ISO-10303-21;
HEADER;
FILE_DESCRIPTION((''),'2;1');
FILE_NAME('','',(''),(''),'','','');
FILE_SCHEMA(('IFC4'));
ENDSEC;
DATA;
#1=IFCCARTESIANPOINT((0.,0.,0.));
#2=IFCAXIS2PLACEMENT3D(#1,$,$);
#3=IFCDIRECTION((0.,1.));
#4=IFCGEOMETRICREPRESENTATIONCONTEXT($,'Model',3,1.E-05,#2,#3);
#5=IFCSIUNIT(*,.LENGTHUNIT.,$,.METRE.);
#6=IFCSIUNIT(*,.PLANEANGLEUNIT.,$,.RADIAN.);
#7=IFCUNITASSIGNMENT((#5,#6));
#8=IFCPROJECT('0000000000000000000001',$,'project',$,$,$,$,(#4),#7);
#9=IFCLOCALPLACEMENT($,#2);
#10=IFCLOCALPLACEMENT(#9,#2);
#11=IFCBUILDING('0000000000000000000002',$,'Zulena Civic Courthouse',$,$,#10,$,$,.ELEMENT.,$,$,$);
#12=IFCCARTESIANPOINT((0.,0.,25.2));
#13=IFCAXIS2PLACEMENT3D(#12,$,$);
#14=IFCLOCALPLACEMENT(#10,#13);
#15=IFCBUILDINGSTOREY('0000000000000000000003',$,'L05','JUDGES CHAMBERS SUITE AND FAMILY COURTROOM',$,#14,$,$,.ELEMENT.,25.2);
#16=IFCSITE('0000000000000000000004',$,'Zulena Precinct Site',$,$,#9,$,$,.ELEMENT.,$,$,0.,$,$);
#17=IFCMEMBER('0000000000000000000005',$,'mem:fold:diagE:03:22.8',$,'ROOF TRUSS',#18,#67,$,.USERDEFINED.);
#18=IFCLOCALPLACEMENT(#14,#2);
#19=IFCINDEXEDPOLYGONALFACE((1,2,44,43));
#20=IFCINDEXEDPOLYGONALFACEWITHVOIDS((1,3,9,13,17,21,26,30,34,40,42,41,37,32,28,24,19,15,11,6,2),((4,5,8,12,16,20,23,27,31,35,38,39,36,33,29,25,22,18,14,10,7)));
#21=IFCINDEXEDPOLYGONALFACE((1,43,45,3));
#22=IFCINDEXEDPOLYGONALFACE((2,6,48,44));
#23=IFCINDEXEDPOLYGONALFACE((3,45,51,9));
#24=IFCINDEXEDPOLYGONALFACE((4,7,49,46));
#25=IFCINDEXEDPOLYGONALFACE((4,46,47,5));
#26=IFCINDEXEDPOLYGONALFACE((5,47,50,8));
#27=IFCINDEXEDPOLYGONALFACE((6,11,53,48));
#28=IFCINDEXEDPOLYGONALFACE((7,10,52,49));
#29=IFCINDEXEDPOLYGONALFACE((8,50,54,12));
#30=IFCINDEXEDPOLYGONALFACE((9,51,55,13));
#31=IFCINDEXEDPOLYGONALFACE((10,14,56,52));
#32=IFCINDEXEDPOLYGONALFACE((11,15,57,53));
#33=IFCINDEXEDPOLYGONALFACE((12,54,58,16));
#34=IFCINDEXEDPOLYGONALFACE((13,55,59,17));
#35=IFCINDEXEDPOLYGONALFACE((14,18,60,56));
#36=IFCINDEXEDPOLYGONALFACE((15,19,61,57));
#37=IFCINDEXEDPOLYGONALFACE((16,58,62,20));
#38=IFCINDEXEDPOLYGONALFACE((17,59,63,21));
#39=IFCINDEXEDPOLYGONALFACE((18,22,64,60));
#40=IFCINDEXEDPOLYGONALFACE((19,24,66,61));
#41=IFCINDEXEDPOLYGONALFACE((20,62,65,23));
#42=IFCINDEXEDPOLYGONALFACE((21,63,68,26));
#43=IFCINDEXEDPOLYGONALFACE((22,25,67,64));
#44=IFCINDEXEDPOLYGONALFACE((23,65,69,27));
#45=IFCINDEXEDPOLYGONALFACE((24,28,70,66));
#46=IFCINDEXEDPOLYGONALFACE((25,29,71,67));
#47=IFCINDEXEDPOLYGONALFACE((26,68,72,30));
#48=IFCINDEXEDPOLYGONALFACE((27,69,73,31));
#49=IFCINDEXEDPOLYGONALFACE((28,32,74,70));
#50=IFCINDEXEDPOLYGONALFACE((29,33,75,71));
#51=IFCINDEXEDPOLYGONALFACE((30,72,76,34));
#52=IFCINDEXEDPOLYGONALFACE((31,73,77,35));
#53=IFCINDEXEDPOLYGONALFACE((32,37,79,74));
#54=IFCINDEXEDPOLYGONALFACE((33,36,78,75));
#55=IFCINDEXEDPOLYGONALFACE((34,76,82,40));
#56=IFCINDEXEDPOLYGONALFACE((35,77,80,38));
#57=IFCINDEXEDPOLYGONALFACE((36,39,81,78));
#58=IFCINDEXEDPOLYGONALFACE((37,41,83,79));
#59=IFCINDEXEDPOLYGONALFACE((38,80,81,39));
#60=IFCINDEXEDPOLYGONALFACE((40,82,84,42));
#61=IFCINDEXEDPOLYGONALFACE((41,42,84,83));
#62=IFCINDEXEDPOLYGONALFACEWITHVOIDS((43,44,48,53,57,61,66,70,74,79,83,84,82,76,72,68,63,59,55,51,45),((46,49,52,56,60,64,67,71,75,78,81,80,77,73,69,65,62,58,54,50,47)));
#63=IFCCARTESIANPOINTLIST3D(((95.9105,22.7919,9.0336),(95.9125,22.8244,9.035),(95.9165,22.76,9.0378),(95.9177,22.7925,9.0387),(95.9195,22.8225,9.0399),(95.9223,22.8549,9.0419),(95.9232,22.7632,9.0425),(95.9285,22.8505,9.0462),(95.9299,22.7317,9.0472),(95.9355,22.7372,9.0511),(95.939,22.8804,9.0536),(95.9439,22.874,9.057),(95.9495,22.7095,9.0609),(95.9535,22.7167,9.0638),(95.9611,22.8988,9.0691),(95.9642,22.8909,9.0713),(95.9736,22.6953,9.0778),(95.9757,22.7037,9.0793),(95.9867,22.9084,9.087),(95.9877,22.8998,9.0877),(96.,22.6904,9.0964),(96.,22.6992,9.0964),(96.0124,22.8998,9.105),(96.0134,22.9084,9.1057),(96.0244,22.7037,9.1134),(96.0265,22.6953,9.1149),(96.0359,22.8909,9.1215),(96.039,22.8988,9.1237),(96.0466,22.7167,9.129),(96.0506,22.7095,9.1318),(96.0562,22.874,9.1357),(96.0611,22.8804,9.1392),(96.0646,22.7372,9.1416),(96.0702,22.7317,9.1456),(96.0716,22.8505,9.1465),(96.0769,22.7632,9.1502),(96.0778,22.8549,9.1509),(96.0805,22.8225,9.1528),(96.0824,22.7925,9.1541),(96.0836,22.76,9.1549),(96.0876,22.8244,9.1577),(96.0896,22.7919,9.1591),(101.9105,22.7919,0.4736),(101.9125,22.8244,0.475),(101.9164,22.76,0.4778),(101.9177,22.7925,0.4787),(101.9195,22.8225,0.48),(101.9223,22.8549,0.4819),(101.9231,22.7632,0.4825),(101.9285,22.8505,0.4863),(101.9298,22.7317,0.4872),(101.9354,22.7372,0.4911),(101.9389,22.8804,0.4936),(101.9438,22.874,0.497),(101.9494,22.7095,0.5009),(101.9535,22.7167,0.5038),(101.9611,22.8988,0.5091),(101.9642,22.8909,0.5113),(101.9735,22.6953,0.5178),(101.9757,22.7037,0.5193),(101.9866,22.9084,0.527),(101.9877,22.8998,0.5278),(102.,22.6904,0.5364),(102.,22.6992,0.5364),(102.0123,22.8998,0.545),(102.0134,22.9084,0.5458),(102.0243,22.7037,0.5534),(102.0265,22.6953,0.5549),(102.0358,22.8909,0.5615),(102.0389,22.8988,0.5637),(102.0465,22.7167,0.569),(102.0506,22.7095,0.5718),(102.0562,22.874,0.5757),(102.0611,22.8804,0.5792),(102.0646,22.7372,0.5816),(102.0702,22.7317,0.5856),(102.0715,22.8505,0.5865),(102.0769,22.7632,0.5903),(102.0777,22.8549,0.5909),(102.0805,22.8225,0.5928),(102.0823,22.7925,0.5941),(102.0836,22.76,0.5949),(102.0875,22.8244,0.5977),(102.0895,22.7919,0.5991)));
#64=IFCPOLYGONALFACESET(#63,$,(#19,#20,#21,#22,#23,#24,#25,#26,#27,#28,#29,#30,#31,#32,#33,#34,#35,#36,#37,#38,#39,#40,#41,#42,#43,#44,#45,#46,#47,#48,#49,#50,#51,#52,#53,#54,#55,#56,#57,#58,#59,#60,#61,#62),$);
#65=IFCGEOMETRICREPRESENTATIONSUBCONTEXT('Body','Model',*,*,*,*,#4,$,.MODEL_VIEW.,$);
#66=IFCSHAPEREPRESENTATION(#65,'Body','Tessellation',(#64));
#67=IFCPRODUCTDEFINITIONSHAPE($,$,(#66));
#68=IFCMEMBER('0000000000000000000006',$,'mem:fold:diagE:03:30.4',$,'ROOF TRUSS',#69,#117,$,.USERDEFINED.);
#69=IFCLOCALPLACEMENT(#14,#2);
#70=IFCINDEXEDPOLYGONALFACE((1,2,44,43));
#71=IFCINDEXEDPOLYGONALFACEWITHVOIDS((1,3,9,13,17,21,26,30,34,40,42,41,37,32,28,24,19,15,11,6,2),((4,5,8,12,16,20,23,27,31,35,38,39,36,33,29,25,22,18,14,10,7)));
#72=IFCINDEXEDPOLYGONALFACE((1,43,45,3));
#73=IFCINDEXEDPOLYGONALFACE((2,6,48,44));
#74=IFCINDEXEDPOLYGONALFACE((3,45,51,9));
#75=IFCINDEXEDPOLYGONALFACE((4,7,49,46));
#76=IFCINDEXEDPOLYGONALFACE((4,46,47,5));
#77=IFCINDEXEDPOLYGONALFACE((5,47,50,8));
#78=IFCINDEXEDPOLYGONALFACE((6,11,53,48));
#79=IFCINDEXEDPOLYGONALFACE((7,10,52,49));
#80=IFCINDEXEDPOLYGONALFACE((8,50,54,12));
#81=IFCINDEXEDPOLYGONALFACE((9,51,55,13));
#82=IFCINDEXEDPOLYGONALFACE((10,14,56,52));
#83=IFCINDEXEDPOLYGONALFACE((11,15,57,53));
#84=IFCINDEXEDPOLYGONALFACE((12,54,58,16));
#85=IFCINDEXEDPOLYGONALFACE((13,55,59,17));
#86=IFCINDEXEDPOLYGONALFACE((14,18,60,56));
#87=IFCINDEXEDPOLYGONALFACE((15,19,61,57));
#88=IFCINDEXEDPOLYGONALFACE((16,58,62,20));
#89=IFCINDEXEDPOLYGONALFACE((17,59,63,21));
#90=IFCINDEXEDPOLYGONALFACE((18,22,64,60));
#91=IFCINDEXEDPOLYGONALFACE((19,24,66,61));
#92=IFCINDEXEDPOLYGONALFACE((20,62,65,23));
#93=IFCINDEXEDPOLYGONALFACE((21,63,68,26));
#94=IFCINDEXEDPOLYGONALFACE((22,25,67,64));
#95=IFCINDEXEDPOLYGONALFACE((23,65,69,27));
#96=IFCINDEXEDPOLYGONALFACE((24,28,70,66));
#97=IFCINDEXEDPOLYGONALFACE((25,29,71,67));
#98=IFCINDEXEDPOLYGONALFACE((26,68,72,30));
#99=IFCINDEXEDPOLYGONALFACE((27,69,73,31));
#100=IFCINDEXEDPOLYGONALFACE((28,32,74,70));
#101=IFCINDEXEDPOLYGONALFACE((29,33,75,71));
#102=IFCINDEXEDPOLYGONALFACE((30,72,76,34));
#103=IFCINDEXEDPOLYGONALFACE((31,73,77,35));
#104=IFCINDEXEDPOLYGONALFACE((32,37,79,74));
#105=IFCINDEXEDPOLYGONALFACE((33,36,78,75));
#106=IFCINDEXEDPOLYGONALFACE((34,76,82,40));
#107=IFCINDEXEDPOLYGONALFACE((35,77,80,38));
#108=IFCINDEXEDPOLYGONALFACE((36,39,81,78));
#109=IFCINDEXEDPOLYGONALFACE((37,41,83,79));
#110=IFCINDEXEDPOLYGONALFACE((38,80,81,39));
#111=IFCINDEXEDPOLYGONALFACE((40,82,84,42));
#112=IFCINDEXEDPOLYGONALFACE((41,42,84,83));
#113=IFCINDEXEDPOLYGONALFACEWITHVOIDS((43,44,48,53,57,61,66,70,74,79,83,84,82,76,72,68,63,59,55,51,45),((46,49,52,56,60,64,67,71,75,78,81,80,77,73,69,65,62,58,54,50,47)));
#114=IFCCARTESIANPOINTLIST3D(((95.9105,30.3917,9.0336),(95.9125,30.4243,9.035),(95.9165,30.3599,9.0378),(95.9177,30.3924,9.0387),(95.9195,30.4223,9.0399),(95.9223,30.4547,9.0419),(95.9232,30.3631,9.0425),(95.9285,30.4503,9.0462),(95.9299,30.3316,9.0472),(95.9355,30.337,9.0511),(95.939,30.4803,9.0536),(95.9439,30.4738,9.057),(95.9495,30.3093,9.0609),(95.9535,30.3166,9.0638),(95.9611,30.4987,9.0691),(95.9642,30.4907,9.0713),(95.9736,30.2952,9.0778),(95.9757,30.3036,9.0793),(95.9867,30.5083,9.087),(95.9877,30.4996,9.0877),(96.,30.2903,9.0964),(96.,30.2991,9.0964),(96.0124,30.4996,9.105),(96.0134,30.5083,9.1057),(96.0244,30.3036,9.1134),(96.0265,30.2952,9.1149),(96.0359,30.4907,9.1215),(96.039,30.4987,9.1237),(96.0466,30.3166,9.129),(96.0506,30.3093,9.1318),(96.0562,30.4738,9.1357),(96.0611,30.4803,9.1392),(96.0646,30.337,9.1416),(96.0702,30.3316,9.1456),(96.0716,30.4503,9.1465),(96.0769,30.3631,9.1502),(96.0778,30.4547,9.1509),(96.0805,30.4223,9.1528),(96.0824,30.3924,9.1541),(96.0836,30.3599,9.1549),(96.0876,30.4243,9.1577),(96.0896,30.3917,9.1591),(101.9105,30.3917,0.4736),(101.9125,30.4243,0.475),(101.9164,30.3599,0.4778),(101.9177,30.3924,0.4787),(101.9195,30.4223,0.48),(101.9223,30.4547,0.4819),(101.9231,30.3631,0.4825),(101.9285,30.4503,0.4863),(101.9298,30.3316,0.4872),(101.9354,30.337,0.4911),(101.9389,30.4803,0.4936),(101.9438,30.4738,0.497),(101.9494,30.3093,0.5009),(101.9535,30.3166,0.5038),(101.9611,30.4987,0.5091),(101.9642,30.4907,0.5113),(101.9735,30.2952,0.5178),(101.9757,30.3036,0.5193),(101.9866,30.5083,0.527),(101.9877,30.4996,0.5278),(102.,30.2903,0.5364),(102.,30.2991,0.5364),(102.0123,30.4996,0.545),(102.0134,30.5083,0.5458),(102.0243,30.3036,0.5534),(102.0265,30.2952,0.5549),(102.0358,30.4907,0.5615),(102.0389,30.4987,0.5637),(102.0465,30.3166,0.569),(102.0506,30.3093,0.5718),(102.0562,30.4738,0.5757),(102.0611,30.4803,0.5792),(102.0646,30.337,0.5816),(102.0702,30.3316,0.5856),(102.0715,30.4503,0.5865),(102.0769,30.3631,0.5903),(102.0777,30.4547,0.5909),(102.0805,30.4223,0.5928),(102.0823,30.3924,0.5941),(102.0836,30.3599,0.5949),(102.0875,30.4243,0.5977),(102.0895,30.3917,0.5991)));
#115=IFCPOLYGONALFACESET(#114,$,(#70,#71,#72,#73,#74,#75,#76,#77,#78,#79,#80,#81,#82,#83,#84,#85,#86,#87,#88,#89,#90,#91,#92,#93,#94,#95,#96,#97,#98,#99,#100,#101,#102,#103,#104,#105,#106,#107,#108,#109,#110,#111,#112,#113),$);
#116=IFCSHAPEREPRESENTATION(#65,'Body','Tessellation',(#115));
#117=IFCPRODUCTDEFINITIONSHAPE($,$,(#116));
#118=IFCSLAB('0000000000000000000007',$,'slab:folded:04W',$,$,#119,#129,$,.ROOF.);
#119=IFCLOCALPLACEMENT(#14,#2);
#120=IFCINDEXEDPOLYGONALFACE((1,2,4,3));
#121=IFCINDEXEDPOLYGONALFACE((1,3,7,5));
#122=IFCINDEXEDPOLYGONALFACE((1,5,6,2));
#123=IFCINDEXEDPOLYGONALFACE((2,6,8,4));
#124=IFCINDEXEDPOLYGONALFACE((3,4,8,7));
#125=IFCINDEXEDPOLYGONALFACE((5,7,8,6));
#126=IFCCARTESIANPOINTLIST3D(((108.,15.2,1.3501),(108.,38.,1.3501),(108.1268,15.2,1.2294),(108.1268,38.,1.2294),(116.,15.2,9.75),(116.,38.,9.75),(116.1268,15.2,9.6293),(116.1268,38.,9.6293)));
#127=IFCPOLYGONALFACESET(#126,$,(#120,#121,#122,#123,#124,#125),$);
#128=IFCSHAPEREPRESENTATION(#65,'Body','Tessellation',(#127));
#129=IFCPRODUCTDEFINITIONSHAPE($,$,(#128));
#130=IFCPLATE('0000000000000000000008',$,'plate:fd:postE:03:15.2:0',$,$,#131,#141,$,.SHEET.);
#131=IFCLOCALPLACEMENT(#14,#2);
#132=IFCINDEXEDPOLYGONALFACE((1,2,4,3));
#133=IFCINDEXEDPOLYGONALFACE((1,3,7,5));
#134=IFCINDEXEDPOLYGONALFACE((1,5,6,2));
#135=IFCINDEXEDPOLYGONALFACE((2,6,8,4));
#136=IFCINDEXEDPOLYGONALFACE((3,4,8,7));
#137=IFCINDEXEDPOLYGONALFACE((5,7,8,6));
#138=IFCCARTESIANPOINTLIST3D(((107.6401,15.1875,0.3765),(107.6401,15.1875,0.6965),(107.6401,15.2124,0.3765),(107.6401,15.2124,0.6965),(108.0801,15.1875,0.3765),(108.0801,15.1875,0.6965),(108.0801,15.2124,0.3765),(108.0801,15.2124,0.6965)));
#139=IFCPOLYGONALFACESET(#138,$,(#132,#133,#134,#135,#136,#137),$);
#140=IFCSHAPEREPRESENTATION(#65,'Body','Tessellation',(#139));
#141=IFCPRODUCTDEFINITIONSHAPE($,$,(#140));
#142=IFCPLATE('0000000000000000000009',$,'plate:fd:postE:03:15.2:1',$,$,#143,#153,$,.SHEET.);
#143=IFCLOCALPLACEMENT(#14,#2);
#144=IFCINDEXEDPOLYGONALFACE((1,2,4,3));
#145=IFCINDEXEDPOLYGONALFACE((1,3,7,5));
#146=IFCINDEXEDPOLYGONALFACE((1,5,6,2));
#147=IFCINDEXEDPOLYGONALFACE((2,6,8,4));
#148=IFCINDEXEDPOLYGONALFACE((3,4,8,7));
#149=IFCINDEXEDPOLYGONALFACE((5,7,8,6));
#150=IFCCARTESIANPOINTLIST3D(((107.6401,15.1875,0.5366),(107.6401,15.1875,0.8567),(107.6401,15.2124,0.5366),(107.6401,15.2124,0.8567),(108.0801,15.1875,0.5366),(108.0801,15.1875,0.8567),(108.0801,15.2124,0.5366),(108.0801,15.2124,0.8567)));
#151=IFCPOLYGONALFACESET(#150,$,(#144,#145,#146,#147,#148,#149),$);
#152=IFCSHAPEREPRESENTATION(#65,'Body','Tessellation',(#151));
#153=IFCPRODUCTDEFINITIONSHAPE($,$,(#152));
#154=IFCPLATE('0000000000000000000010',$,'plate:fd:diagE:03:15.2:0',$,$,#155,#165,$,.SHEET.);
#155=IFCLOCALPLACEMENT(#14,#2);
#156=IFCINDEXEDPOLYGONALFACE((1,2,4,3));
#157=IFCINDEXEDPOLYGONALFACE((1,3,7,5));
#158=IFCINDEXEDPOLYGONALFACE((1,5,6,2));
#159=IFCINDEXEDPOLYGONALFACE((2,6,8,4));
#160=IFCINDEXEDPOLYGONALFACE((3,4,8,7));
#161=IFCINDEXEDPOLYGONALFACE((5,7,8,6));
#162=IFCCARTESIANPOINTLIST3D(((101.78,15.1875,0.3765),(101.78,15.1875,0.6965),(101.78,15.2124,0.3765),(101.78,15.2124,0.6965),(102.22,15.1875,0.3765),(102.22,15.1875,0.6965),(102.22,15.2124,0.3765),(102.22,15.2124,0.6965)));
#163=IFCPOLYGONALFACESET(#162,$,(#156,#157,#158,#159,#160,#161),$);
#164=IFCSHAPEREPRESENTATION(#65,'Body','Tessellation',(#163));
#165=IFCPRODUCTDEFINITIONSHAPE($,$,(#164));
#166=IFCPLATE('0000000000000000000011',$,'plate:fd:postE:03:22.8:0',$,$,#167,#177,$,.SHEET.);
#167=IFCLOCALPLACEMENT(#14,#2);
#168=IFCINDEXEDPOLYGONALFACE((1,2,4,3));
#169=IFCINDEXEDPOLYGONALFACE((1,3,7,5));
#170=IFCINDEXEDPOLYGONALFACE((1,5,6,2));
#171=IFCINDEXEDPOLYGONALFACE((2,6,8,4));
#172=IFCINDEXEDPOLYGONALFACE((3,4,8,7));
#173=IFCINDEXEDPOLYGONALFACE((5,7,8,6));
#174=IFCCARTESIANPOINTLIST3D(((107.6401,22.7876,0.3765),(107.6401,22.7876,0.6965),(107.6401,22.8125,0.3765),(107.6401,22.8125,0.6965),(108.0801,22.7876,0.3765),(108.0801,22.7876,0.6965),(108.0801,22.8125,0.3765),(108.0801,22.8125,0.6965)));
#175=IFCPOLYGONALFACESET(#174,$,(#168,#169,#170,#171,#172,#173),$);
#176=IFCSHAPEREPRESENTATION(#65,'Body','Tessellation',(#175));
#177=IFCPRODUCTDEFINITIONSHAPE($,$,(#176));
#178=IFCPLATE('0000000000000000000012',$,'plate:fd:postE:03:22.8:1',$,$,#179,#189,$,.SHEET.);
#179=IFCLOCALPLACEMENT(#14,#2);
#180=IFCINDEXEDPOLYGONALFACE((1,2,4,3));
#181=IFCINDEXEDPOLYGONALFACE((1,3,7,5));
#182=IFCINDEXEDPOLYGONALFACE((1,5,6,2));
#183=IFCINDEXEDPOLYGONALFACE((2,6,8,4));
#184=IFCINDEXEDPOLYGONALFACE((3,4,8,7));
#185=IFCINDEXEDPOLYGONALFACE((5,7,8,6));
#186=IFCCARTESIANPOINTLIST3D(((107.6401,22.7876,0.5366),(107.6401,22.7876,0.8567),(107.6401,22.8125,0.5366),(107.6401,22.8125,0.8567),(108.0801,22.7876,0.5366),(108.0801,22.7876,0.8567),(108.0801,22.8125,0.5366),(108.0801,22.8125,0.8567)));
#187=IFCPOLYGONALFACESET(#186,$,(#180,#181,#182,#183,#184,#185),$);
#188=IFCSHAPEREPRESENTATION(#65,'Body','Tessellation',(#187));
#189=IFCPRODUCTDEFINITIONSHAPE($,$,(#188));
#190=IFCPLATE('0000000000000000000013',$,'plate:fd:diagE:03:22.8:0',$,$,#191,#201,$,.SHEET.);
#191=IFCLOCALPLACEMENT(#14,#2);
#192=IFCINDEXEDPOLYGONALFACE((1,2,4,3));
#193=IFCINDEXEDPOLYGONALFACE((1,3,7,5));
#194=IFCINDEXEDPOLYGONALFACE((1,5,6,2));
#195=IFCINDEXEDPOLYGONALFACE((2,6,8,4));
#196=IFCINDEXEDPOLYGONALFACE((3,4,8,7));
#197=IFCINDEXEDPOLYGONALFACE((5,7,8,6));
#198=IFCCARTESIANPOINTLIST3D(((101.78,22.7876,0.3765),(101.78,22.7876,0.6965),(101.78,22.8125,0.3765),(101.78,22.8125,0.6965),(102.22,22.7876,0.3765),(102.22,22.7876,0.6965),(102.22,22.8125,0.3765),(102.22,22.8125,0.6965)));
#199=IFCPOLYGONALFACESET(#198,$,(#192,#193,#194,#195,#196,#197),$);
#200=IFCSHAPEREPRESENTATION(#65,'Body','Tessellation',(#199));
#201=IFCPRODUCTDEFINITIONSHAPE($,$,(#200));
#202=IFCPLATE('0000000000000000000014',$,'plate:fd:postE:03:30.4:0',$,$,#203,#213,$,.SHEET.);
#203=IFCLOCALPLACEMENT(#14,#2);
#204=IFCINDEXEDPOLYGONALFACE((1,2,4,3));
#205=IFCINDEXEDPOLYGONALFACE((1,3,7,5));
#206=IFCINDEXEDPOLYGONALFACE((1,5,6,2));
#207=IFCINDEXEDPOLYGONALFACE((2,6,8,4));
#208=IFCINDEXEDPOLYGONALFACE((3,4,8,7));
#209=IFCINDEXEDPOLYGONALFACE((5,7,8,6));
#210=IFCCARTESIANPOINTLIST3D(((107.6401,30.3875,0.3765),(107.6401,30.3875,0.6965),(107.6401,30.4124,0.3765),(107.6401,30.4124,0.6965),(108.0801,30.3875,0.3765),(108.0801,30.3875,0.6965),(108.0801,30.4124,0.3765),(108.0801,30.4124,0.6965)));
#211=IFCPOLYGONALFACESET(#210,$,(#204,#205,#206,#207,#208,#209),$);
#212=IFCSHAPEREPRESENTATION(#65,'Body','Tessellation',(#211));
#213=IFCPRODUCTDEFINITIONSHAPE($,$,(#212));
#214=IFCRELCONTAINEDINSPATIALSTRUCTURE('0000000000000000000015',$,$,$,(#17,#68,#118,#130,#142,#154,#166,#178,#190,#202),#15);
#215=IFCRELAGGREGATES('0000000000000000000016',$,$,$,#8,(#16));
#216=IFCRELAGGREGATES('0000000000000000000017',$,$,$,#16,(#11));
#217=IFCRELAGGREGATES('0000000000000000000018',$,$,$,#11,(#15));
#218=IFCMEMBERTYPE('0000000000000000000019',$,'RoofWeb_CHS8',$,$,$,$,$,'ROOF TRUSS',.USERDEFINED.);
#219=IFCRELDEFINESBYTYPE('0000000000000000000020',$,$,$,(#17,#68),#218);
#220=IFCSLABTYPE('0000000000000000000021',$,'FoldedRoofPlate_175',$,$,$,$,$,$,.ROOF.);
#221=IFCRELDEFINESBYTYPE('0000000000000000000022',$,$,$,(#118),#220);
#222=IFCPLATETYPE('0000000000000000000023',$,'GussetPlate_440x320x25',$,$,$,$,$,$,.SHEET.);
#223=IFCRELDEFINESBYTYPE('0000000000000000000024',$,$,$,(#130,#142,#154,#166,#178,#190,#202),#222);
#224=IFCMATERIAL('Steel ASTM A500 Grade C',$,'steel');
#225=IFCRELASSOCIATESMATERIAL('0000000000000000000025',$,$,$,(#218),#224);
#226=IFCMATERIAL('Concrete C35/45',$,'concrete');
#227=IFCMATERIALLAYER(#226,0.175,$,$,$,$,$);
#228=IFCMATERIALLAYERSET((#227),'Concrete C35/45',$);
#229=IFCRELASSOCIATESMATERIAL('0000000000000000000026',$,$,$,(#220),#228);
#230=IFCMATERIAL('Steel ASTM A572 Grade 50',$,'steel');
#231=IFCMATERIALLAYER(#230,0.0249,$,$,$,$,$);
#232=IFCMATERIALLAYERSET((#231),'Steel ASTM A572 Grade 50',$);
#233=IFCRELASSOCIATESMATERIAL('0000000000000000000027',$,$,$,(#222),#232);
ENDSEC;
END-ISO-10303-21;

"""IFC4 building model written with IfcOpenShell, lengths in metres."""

from ifc_helpers import new_model, si_unit, direction, frame, origin, origin_2d, place, context, subcontext, project, spatial, polyline, rectangle, hollow_circle, outline, extrude, material, layer, layer_set, material_profile, profile_set, type_object, element, save


model = new_model("IFC4")

# Units and contexts
model_context = context("Model", 3, precision=1e-05, world=origin(), true_north=direction((0.0, 1.0)))
body_context = subcontext(model_context, "Body", "Model", "MODEL_VIEW")
ifc_project = project(units=[si_unit("LENGTHUNIT", "METRE"), si_unit("PLANEANGLEUNIT", "RADIAN")], contexts=[model_context])

# Site, building, storey
site_placement = place(None, origin())
site = spatial("IfcSite", under=ifc_project, at=site_placement, Name="Zulena Precinct Site", CompositionType="ELEMENT", RefElevation=0.0)
building_placement = place(site_placement, origin())
building = spatial("IfcBuilding", under=site, at=building_placement, Name="Zulena Civic Courthouse", CompositionType="ELEMENT")
storey_placement = place(building_placement, frame((0.0, 0.0, 25.2)))
storey = spatial("IfcBuildingStorey", under=building, at=storey_placement, Name="L05", Description="JUDGES CHAMBERS SUITE AND FAMILY COURTROOM", CompositionType="ELEMENT", Elevation=25.2)

# Members
ifc_material_1 = material(Name="Steel ASTM A500 Grade C", Category="steel")
ifc_material_profile_1 = material_profile(ifc_material_1, hollow_circle(Radius=0.1096, WallThickness=0.0088, at=origin_2d()), Name="HSS8.625X0.375")
ifc_profile_set_1 = profile_set([ifc_material_profile_1], Name="Steel ASTM A500 Grade C")
member_type_1 = type_object("IfcMemberType", Name="RoofWeb_CHS8", ElementType="ROOF TRUSS", PredefinedType="USERDEFINED", material=ifc_profile_set_1)
for number, where, z_axis, x_axis, name in (
    (1, (102.0, 22.8, 0.5364), (-0.573973, 0.0, 0.818874), (0.0, -1.0, 0.0), "mem:fold:diagE:03:22.8"),
    (2, (102.0, 30.3999, 0.5364), (-0.573973, 0.0, 0.818874), (0.0, -1.0, 0.0), "mem:fold:diagE:03:30.4"),
):
    element("IfcMember", number, at=place(storey_placement, frame(where, z_axis=z_axis, x_axis=x_axis)), inside=storey, type_object=member_type_1, Name=name, ObjectType="ROOF TRUSS", PredefinedType="USERDEFINED", context=body_context, shape_type="SweptSolid", body=[
        extrude(hollow_circle(Radius=0.1096, WallThickness=0.0088, at=origin_2d()), origin(), (0.0, 0.0, 1.0), 10.4534),
    ])

# Slab
ifc_material_2 = material(Name="Concrete C35/45", Category="concrete")
ifc_layer_1 = layer(ifc_material_2, 0.175)
ifc_layer_set_1 = layer_set([ifc_layer_1], Name="Concrete C35/45")
slab_type = type_object("IfcSlabType", Name="FoldedRoofPlate_175", PredefinedType="ROOF", material=ifc_layer_set_1)
slab_placement = place(storey_placement, frame((108.0, 15.2, 1.3501), z_axis=(-0.724134, 0.0, 0.689659), x_axis=(0.689659, 0.0, 0.724134)))
element("IfcSlab", 3, at=slab_placement, inside=storey, type_object=slab_type, Name="slab:folded:04W", PredefinedType="ROOF", context=body_context, shape_type="SweptSolid", body=[
    extrude(outline(polyline([(0.0, 0.0), (11.5999, 0.0), (11.5999, 22.8), (0.0, 22.8), (0.0, 0.0)])), origin(), (0.0, 0.0, -1.0), 0.175),
])

# Plates
ifc_material_3 = material(Name="Steel ASTM A572 Grade 50", Category="steel")
ifc_layer_2 = layer(ifc_material_3, 0.0249)
ifc_layer_set_2 = layer_set([ifc_layer_2], Name="Steel ASTM A572 Grade 50")
plate_type = type_object("IfcPlateType", Name="GussetPlate_440x320x25", PredefinedType="SHEET", material=ifc_layer_set_2)
for number, where, z_axis, x_axis, name in (
    (4, (107.8601, 15.2, 0.3765), (0.0, 0.0, 1.0), (1.0, 0.0, 0.0), "plate:fd:postE:03:15.2:0"),
    (5, (107.8601, 15.2, 0.5366), (0.0, 0.0, 1.0), (1.0, 0.0, 0.0), "plate:fd:postE:03:15.2:1"),
    (6, (102.0, 15.2, 0.3765), (0.0, 0.0, 1.0), (1.0, 0.0, 0.0), "plate:fd:diagE:03:15.2:0"),
    (7, (107.8601, 22.8, 0.3765), (0.0, 0.0, 1.0), (1.0, 0.0, 0.0), "plate:fd:postE:03:22.8:0"),
    (8, (107.8601, 22.8, 0.5366), (0.0, 0.0, 1.0), (1.0, 0.0, 0.0), "plate:fd:postE:03:22.8:1"),
    (9, (102.0, 22.8, 0.3765), (0.0, 0.0, 1.0), (1.0, 0.0, 0.0), "plate:fd:diagE:03:22.8:0"),
    (10, (107.8601, 30.3999, 0.3765), (0.0, 0.0, 1.0), (1.0, 0.0, 0.0), "plate:fd:postE:03:30.4:0"),
):
    element("IfcPlate", number, at=place(storey_placement, frame(where, z_axis=z_axis, x_axis=x_axis)), inside=storey, type_object=plate_type, Name=name, PredefinedType="SHEET", context=body_context, shape_type="SweptSolid", body=[
        extrude(rectangle(XDim=0.4399, YDim=0.0249, at=origin_2d()), origin(), (0.0, 0.0, 1.0), 0.3201),
    ])

save(model, "model.ifc")
